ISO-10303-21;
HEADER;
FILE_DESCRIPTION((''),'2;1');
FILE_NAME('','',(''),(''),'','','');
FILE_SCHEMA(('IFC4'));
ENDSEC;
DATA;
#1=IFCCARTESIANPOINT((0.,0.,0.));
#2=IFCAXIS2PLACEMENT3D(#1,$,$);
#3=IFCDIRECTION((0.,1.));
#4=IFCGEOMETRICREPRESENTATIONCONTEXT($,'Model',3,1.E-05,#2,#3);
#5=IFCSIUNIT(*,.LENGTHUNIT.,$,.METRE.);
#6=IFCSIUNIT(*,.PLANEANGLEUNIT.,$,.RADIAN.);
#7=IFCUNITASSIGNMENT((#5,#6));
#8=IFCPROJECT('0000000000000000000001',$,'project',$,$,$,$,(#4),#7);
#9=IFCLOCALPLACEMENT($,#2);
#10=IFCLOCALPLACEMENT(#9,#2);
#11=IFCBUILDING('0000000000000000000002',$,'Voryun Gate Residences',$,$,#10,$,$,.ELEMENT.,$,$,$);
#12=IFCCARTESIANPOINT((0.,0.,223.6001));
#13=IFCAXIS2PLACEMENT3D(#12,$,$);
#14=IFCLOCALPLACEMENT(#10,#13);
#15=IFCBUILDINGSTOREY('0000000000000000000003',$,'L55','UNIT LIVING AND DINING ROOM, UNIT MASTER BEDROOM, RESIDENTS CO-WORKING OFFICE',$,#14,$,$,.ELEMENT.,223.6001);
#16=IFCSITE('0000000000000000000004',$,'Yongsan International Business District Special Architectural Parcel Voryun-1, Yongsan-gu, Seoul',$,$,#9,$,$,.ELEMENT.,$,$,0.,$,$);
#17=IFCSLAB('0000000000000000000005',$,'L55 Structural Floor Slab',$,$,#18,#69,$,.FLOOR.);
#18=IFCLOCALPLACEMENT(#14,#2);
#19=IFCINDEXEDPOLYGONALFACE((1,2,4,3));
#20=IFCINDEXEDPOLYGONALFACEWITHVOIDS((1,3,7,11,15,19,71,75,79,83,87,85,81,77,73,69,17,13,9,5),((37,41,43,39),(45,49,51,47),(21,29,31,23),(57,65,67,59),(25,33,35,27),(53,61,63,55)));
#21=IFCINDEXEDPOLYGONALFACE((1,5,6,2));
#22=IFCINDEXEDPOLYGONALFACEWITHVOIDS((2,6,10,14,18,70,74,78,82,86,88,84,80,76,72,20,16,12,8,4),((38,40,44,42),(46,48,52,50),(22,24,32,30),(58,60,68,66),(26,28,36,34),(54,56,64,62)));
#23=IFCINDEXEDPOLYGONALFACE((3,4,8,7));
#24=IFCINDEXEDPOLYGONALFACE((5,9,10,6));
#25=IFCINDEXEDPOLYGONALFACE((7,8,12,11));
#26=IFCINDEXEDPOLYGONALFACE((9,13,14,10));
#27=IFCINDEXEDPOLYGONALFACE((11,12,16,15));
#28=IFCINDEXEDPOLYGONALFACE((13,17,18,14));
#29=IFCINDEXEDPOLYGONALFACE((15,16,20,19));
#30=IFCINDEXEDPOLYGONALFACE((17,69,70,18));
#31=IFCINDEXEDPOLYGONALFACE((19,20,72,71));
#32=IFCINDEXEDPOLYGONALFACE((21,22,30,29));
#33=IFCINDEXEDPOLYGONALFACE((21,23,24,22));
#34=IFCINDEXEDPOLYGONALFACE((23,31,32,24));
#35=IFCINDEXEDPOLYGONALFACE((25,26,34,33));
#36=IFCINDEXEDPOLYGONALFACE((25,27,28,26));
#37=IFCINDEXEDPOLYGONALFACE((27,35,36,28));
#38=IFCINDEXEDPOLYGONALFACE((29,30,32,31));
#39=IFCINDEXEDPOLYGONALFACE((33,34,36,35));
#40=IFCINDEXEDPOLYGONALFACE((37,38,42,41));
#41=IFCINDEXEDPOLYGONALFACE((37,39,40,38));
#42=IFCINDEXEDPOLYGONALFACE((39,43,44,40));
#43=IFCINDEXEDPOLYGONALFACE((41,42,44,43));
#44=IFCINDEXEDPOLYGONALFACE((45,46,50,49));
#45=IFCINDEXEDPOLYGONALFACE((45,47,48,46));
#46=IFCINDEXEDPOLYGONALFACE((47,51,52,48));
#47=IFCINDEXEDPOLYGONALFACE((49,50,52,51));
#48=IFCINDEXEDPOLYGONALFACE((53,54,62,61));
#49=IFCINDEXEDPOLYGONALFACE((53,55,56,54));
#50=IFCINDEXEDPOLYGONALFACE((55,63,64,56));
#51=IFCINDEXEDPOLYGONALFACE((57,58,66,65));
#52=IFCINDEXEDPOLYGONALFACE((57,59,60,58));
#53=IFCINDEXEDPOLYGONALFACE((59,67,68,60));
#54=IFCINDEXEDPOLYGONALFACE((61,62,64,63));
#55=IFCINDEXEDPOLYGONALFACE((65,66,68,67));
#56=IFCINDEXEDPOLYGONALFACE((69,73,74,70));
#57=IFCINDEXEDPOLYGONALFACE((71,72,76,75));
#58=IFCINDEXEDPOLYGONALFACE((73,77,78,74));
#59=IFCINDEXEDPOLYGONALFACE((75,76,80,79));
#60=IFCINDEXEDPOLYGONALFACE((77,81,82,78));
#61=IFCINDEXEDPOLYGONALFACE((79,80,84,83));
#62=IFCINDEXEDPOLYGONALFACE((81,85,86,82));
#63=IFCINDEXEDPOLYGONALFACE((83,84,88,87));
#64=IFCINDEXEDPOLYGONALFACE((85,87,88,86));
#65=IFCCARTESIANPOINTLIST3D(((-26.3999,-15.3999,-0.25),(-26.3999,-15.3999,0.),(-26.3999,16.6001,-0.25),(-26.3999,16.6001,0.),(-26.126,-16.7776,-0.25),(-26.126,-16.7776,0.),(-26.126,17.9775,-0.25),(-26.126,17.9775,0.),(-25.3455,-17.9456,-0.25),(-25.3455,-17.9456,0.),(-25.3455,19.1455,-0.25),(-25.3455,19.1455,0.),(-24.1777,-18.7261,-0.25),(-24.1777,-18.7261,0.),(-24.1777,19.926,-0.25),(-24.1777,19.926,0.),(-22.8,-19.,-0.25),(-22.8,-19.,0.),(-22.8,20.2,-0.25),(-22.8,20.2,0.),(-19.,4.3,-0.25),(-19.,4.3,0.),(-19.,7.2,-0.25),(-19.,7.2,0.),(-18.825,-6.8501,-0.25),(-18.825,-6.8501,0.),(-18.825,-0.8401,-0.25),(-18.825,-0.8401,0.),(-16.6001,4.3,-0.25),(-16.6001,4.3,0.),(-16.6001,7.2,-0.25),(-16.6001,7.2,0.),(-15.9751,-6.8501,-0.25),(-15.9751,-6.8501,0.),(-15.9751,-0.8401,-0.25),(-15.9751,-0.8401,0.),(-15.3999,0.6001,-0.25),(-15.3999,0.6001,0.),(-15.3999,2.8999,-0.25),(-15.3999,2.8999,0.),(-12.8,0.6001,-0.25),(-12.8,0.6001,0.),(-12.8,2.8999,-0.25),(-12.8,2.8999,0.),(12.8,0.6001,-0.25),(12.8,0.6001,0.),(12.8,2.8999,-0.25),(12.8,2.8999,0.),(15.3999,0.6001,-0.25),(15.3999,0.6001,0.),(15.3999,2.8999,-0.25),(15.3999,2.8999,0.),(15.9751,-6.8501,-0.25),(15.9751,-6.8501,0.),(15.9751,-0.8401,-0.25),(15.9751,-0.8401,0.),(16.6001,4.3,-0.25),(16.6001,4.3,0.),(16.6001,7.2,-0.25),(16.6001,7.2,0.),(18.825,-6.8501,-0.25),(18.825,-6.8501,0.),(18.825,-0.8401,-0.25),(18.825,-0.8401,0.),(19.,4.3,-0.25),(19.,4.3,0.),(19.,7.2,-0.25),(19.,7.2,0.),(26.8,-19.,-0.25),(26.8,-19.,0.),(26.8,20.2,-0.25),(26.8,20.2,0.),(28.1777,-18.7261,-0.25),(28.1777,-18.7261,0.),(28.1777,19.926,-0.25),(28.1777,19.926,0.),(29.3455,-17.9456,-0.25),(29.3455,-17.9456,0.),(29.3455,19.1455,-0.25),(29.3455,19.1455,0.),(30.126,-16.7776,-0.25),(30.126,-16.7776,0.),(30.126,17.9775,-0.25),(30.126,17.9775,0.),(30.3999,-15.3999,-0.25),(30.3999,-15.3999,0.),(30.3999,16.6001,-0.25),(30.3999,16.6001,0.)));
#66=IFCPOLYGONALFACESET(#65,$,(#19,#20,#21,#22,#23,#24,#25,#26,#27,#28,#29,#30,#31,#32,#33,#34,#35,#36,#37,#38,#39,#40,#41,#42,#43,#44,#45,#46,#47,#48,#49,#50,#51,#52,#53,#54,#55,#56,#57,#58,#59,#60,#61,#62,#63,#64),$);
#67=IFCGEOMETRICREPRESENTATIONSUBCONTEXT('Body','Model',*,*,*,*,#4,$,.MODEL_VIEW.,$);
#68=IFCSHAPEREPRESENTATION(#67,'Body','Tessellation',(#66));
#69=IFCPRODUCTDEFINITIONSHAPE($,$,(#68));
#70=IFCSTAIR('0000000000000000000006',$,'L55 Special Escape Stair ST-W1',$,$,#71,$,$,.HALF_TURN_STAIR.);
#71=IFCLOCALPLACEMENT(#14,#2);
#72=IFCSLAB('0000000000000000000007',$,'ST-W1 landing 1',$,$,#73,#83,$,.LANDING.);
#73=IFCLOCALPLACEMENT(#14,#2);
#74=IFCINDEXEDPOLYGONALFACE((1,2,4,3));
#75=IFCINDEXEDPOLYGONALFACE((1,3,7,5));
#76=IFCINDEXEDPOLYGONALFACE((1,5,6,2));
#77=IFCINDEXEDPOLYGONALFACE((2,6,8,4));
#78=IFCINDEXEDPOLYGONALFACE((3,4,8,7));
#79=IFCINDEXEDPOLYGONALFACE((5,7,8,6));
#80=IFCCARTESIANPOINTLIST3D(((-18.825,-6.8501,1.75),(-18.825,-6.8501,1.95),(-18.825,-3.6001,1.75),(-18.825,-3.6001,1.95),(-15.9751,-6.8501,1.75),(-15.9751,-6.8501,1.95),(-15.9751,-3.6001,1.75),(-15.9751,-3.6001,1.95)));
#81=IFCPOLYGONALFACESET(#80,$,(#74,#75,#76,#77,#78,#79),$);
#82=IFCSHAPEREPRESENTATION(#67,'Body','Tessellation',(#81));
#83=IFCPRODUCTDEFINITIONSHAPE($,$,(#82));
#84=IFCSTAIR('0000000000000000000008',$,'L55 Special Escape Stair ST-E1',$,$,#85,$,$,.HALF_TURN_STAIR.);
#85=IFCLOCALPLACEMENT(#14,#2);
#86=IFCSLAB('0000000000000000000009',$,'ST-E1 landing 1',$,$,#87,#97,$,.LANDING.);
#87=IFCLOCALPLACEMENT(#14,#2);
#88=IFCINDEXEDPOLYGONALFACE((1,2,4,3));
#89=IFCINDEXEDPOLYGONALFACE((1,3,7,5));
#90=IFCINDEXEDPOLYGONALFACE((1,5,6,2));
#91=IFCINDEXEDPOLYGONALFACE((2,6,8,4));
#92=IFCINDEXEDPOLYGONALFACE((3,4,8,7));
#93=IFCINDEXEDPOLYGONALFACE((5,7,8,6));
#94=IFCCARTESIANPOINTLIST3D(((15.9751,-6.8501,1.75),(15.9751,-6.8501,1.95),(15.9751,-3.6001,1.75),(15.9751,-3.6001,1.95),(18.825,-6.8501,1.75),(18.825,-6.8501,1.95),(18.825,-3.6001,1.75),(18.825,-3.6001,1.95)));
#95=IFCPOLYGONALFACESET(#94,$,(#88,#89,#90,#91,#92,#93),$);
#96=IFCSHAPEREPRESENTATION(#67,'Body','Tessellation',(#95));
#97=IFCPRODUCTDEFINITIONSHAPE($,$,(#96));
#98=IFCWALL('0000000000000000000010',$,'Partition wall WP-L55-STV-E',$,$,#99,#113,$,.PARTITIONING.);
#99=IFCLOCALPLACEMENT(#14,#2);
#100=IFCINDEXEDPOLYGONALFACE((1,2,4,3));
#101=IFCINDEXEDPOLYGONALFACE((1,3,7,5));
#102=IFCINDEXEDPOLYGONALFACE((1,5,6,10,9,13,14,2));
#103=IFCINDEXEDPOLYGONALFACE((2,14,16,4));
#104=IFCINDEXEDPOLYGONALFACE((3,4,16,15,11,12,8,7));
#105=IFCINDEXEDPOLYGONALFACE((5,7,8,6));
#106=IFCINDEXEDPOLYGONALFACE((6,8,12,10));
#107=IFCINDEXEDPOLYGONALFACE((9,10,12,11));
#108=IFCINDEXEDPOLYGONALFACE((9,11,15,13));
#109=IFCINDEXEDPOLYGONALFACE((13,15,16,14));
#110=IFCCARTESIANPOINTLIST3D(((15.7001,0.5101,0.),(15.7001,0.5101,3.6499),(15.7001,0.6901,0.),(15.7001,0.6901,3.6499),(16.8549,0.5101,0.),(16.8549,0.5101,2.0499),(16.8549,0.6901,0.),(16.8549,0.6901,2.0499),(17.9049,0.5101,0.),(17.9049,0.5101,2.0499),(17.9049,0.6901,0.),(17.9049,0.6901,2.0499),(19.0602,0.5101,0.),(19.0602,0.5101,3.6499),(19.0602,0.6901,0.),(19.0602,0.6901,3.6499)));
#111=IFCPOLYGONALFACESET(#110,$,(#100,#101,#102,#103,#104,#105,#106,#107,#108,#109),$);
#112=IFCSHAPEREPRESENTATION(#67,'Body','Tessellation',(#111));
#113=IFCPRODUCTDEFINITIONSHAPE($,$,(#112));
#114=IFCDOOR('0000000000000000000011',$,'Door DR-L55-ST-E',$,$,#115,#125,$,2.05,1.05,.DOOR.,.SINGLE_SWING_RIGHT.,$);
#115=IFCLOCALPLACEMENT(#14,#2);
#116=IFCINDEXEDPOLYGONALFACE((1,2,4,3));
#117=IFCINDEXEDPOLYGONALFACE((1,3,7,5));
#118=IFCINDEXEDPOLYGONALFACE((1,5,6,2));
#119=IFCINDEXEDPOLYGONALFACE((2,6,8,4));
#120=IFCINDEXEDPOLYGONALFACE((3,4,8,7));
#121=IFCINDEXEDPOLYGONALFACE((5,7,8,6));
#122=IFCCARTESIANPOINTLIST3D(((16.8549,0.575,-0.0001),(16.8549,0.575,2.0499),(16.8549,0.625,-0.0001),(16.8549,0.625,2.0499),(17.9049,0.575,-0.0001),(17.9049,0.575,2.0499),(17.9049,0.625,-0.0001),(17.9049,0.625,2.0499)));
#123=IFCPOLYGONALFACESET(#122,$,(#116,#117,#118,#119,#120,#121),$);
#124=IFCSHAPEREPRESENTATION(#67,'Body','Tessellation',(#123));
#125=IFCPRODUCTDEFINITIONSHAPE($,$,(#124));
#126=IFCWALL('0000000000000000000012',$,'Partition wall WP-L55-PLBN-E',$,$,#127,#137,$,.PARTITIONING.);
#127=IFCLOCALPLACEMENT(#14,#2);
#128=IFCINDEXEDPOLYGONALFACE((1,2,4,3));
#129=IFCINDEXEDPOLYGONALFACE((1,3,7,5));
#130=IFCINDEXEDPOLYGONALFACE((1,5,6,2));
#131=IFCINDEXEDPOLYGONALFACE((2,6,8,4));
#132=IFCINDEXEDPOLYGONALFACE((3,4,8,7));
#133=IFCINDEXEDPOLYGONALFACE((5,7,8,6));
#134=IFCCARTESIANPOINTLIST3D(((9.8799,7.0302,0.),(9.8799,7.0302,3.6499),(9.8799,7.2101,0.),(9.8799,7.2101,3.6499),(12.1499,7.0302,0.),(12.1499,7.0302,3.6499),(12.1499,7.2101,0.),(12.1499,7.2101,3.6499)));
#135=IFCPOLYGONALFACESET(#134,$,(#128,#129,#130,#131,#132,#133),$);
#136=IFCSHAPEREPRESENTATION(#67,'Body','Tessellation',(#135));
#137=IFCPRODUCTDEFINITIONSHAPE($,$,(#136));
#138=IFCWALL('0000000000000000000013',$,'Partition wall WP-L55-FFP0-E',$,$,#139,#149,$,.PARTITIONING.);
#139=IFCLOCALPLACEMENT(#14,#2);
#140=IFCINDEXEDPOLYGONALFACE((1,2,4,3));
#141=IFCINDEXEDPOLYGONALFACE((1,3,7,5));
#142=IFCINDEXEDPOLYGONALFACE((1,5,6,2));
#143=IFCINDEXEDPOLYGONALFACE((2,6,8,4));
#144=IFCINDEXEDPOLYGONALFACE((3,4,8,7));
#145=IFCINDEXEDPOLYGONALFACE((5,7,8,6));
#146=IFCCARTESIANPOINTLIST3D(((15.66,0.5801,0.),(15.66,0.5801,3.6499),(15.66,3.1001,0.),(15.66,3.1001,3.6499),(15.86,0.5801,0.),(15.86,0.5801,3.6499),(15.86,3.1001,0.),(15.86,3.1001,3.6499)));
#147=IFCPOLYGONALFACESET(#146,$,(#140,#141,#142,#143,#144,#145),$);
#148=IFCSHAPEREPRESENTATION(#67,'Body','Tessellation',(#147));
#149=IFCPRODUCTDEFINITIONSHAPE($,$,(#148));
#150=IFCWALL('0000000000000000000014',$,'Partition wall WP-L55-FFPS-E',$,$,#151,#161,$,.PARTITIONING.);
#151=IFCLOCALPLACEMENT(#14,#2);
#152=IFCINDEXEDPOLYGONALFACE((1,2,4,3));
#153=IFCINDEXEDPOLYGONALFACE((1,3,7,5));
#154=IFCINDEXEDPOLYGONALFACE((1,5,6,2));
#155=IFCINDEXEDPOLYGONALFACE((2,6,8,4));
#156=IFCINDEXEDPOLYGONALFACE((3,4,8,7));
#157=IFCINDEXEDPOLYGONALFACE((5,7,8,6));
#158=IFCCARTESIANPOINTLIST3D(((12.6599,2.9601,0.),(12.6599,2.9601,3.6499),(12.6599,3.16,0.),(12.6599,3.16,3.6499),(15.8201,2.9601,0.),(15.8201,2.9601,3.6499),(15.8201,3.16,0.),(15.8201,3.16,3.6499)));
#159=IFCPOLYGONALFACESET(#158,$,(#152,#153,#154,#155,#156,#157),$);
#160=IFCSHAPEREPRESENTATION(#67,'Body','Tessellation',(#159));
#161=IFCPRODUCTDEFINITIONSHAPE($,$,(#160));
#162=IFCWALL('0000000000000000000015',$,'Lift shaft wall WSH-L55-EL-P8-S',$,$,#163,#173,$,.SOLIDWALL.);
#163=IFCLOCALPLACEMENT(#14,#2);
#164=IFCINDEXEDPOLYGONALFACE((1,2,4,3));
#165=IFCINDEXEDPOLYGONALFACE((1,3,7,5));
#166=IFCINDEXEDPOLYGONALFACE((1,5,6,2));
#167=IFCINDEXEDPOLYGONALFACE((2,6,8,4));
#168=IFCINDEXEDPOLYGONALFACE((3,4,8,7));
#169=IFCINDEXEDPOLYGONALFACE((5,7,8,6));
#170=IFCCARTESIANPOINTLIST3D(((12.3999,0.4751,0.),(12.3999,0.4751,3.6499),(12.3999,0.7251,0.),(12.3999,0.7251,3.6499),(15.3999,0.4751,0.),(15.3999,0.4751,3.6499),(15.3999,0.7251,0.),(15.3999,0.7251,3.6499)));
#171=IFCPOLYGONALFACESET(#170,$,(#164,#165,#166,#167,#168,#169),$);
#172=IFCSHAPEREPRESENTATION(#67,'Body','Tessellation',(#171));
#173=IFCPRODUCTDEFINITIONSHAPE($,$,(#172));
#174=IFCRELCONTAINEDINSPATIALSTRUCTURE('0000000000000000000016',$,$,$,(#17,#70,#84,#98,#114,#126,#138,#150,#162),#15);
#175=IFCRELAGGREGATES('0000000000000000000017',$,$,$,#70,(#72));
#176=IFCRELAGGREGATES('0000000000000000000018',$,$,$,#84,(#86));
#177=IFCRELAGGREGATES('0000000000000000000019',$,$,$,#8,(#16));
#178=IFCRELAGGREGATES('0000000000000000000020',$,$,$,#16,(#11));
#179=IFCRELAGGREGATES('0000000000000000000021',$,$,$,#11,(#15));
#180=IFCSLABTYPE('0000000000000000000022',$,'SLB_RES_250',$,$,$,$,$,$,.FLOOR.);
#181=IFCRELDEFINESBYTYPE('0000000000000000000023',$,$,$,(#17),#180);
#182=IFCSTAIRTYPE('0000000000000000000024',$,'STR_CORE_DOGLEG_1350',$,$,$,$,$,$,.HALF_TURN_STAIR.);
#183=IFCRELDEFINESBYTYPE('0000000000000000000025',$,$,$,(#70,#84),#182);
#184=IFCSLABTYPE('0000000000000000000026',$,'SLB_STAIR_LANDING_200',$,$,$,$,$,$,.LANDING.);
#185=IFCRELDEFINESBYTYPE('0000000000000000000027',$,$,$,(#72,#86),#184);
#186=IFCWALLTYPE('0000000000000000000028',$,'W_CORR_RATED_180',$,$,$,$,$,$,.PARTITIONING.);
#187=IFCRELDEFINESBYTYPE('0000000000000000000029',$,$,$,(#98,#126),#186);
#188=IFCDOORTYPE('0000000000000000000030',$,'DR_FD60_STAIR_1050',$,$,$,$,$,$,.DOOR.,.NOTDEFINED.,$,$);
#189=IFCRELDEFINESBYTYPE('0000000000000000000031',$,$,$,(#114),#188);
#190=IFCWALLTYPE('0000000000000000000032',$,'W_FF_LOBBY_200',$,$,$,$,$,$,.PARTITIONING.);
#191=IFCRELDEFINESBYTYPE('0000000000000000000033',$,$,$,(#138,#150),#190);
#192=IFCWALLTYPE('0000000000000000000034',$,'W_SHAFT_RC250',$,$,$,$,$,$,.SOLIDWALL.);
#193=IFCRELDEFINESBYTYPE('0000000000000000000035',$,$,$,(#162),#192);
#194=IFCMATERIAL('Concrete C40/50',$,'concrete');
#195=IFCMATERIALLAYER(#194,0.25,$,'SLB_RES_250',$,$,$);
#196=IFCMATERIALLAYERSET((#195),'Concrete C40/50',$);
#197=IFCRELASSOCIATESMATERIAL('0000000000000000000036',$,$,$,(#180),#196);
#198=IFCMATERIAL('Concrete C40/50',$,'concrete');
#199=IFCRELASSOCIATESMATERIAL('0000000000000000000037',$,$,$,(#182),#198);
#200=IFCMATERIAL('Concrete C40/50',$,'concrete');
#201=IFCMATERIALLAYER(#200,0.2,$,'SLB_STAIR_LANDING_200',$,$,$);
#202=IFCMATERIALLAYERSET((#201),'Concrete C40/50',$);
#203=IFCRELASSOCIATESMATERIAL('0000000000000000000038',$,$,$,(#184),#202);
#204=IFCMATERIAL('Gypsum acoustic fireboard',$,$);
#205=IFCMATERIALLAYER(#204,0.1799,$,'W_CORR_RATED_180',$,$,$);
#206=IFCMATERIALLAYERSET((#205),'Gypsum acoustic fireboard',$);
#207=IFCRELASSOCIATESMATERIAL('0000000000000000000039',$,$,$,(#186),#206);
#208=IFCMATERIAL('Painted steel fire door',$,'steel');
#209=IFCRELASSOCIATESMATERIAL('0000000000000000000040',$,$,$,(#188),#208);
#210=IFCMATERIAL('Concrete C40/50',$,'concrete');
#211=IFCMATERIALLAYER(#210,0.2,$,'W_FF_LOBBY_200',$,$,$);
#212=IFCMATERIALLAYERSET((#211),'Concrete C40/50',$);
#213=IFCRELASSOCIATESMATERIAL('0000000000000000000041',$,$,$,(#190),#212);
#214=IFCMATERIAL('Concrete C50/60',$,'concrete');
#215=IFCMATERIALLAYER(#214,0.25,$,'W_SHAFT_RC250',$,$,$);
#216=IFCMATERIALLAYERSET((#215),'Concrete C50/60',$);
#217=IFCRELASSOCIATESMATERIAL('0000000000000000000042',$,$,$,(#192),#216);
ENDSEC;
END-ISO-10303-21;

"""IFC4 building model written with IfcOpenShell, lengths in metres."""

from ifc_helpers import new_model, si_unit, direction, frame, frame_2d, origin, place, context, subcontext, project, spatial, polyline, rectangle, outline, extrude, material, layer, layer_set, type_object, element, fill, aggregate, save


model = new_model("IFC4")

# Units and contexts
model_context = context("Model", 3, precision=1e-05, world=origin(), true_north=direction((0.0, 1.0)))
body_context = subcontext(model_context, "Body", "Model", "MODEL_VIEW")
ifc_project = project(units=[si_unit("LENGTHUNIT", "METRE"), si_unit("PLANEANGLEUNIT", "RADIAN")], contexts=[model_context])

# Site, building, storey
site_placement = place(None, origin())
site = spatial("IfcSite", under=ifc_project, at=site_placement, Name="Yongsan International Business District Special Architectural Parcel Voryun-1, Yongsan-gu, Seoul", CompositionType="ELEMENT", RefElevation=0.0)
building_placement = place(site_placement, origin())
building = spatial("IfcBuilding", under=site, at=building_placement, Name="Voryun Gate Residences", CompositionType="ELEMENT")
storey_placement = place(building_placement, frame((0.0, 0.0, 223.6001)))
storey = spatial("IfcBuildingStorey", under=building, at=storey_placement, Name="L55", Description="UNIT LIVING AND DINING ROOM, UNIT MASTER BEDROOM, RESIDENTS CO-WORKING OFFICE", CompositionType="ELEMENT", Elevation=223.6001)

# Slab
ifc_material_1 = material(Name="Concrete C40/50", Category="concrete")
ifc_layer_1 = layer(ifc_material_1, 0.25, Name="SLB_RES_250")
ifc_layer_set_1 = layer_set([ifc_layer_1], Name="Concrete C40/50")
slab_type_1 = type_object("IfcSlabType", Name="SLB_RES_250", PredefinedType="FLOOR", material=ifc_layer_set_1)
slab_1_placement = place(storey_placement, frame((0.0, 0.0, -0.25)))
element("IfcSlab", 1, at=slab_1_placement, inside=storey, type_object=slab_type_1, Name="L55 Structural Floor Slab", PredefinedType="FLOOR", context=body_context, shape_type="SweptSolid", body=[
    extrude(outline(polyline([(-22.8, -19.0), (-24.1777, -18.7261), (-25.3455, -17.9456), (-26.126, -16.7776), (-26.3999, -15.3999), (-26.3999, 16.6001), (-26.126, 17.9775), (-25.3455, 19.1455), (-24.1777, 19.926), (-22.8, 20.2), (26.8, 20.2), (28.1777, 19.926), (29.3455, 19.1455), (30.126, 17.9775), (30.3999, 16.6001), (30.3999, -15.3999), (30.126, -16.7776), (29.3455, -17.9456), (28.1777, -18.7261), (26.8, -19.0), (-22.8, -19.0)]), holes=[polyline([(-15.9751, -0.8401), (-18.825, -0.8401), (-18.825, -6.8501), (-15.9751, -6.8501), (-15.9751, -0.8401)]), polyline([(18.825, -6.8501), (18.825, -0.8401), (15.9751, -0.8401), (15.9751, -6.8501), (18.825, -6.8501)]), polyline([(-12.8, 2.8999), (-15.3999, 2.8999), (-15.3999, 0.6001), (-12.8, 0.6001), (-12.8, 2.8999)]), polyline([(12.8, 2.8999), (12.8, 0.6001), (15.3999, 0.6001), (15.3999, 2.8999), (12.8, 2.8999)]), polyline([(-16.6001, 7.2), (-19.0, 7.2), (-19.0, 4.3), (-16.6001, 4.3), (-16.6001, 7.2)]), polyline([(19.0, 7.2), (16.6001, 7.2), (16.6001, 4.3), (19.0, 4.3), (19.0, 7.2)])]), origin(), (0.0, 0.0, 1.0), 0.25),
])

# Stairs, slabs
ifc_material_2 = material(Name="Concrete C40/50", Category="concrete")
stair_type = type_object("IfcStairType", Name="STR_CORE_DOGLEG_1350", PredefinedType="HALF_TURN_STAIR", material=ifc_material_2)
stair_1_placement = place(storey_placement, origin())
stair_1 = element("IfcStair", 2, at=stair_1_placement, inside=storey, type_object=stair_type, Name="L55 Special Escape Stair ST-W1", PredefinedType="HALF_TURN_STAIR")
ifc_material_3 = material(Name="Concrete C40/50", Category="concrete")
ifc_layer_2 = layer(ifc_material_3, 0.2, Name="SLB_STAIR_LANDING_200")
ifc_layer_set_2 = layer_set([ifc_layer_2], Name="Concrete C40/50")
slab_type_2 = type_object("IfcSlabType", Name="SLB_STAIR_LANDING_200", PredefinedType="LANDING", material=ifc_layer_set_2)
slab_2_placement = place(storey_placement, frame((0.0, 0.0, 1.75)))
slab_2 = element("IfcSlab", 3, at=slab_2_placement, type_object=slab_type_2, Name="ST-W1 landing 1", PredefinedType="LANDING", context=body_context, shape_type="SweptSolid", body=[
    extrude(outline(polyline([(-18.825, -3.6001), (-18.825, -6.8501), (-15.9751, -6.8501), (-15.9751, -3.6001), (-18.825, -3.6001)])), origin(), (0.0, 0.0, 1.0), 0.2),
])
aggregate(stair_1, [slab_2])
stair_2_placement = place(storey_placement, origin())
stair_2 = element("IfcStair", 4, at=stair_2_placement, inside=storey, type_object=stair_type, Name="L55 Special Escape Stair ST-E1", PredefinedType="HALF_TURN_STAIR")
slab_3_placement = place(storey_placement, frame((0.0, 0.0, 1.75)))
slab_3 = element("IfcSlab", 5, at=slab_3_placement, type_object=slab_type_2, Name="ST-E1 landing 1", PredefinedType="LANDING", context=body_context, shape_type="SweptSolid", body=[
    extrude(outline(polyline([(15.9751, -3.6001), (15.9751, -6.8501), (18.825, -6.8501), (18.825, -3.6001), (15.9751, -3.6001)])), origin(), (0.0, 0.0, 1.0), 0.2),
])
aggregate(stair_2, [slab_3])

# Wall, opening, door
ifc_material_4 = material(Name="Gypsum acoustic fireboard")
ifc_layer_3 = layer(ifc_material_4, 0.1799, Name="W_CORR_RATED_180")
ifc_layer_set_3 = layer_set([ifc_layer_3], Name="Gypsum acoustic fireboard")
wall_type_1 = type_object("IfcWallType", Name="W_CORR_RATED_180", PredefinedType="PARTITIONING", material=ifc_layer_set_3)
wall_1_placement = place(storey_placement, frame((15.7, 0.6001, 0.0), z_axis=(0.0, 0.0, 1.0), x_axis=(1.0, 0.0, 0.0)))
wall_1 = element("IfcWall", 6, at=wall_1_placement, inside=storey, type_object=wall_type_1, Name="Partition wall WP-L55-STV-E", PredefinedType="PARTITIONING", context=body_context, shape_type="SweptSolid", body=[
    extrude(rectangle(XDim=3.3601, YDim=0.1799, at=frame_2d((1.6802, 0.0))), origin(), (0.0, 0.0, 1.0), 3.6499),
])
opening_placement = place(wall_1_placement, frame((1.155, 0.0, 0.0)))
opening = element("IfcOpeningElement", 7, at=opening_placement, cuts=wall_1, PredefinedType="OPENING", context=body_context, shape_type="SweptSolid", body=[
    extrude(rectangle(XDim=1.05, YDim=2.05, at=frame_2d((0.5249, 1.0249))), frame((0.0, 0.0999, 0.0), z_axis=(0.0, -1.0, 0.0), x_axis=(1.0, 0.0, 0.0)), (0.0, 0.0, 1.0), 0.2),
])
ifc_material_5 = material(Name="Painted steel fire door", Category="steel")
door_type = type_object("IfcDoorType", Name="DR_FD60_STAIR_1050", OperationType="NOTDEFINED", PredefinedType="DOOR", material=ifc_material_5)
door_placement = place(opening_placement, origin())
door = element("IfcDoor", 8, at=door_placement, inside=storey, type_object=door_type, Name="Door DR-L55-ST-E", OperationType="SINGLE_SWING_RIGHT", OverallHeight=2.05, OverallWidth=1.05, PredefinedType="DOOR", context=body_context, shape_type="SweptSolid", body=[
    extrude(rectangle(XDim=1.05, YDim=2.05, at=frame_2d((0.5249, 1.0249))), frame((0.0, 0.0249, 0.0), z_axis=(0.0, -1.0, 0.0), x_axis=(1.0, 0.0, 0.0)), (0.0, 0.0, 1.0), 0.05),
])
fill(opening, door)

# Walls
wall_2_placement = place(storey_placement, frame((9.8799, 7.1201, 0.0), z_axis=(0.0, 0.0, 1.0), x_axis=(1.0, 0.0, 0.0)))
element("IfcWall", 9, at=wall_2_placement, inside=storey, type_object=wall_type_1, Name="Partition wall WP-L55-PLBN-E", PredefinedType="PARTITIONING", context=body_context, shape_type="SweptSolid", body=[
    extrude(rectangle(XDim=2.27, YDim=0.1799, at=frame_2d((1.135, 0.0))), origin(), (0.0, 0.0, 1.0), 3.6499),
])
ifc_material_6 = material(Name="Concrete C40/50", Category="concrete")
ifc_layer_4 = layer(ifc_material_6, 0.2, Name="W_FF_LOBBY_200")
ifc_layer_set_4 = layer_set([ifc_layer_4], Name="Concrete C40/50")
wall_type_2 = type_object("IfcWallType", Name="W_FF_LOBBY_200", PredefinedType="PARTITIONING", material=ifc_layer_set_4)
wall_3_placement = place(storey_placement, frame((15.76, 0.5801, 0.0), z_axis=(0.0, 0.0, 1.0), x_axis=(0.0, 1.0, 0.0)))
element("IfcWall", 10, at=wall_3_placement, inside=storey, type_object=wall_type_2, Name="Partition wall WP-L55-FFP0-E", PredefinedType="PARTITIONING", context=body_context, shape_type="SweptSolid", body=[
    extrude(rectangle(XDim=2.52, YDim=0.2, at=frame_2d((1.26, 0.0))), origin(), (0.0, 0.0, 1.0), 3.6499),
])
wall_4_placement = place(storey_placement, frame((12.6599, 3.0601, 0.0), z_axis=(0.0, 0.0, 1.0), x_axis=(1.0, 0.0, 0.0)))
element("IfcWall", 11, at=wall_4_placement, inside=storey, type_object=wall_type_2, Name="Partition wall WP-L55-FFPS-E", PredefinedType="PARTITIONING", context=body_context, shape_type="SweptSolid", body=[
    extrude(rectangle(XDim=3.1602, YDim=0.2, at=frame_2d((1.5801, 0.0))), origin(), (0.0, 0.0, 1.0), 3.6499),
])
ifc_material_7 = material(Name="Concrete C50/60", Category="concrete")
ifc_layer_5 = layer(ifc_material_7, 0.25, Name="W_SHAFT_RC250")
ifc_layer_set_5 = layer_set([ifc_layer_5], Name="Concrete C50/60")
wall_type_3 = type_object("IfcWallType", Name="W_SHAFT_RC250", PredefinedType="SOLIDWALL", material=ifc_layer_set_5)
wall_5_placement = place(storey_placement, frame((12.3999, 0.6001, 0.0), z_axis=(0.0, 0.0, 1.0), x_axis=(1.0, 0.0, 0.0)))
element("IfcWall", 12, at=wall_5_placement, inside=storey, type_object=wall_type_3, Name="Lift shaft wall WSH-L55-EL-P8-S", PredefinedType="SOLIDWALL", context=body_context, shape_type="SweptSolid", body=[
    extrude(rectangle(XDim=3.0, YDim=0.25, at=frame_2d((1.5, 0.0))), origin(), (0.0, 0.0, 1.0), 3.6499),
])

save(model, "model.ifc")
